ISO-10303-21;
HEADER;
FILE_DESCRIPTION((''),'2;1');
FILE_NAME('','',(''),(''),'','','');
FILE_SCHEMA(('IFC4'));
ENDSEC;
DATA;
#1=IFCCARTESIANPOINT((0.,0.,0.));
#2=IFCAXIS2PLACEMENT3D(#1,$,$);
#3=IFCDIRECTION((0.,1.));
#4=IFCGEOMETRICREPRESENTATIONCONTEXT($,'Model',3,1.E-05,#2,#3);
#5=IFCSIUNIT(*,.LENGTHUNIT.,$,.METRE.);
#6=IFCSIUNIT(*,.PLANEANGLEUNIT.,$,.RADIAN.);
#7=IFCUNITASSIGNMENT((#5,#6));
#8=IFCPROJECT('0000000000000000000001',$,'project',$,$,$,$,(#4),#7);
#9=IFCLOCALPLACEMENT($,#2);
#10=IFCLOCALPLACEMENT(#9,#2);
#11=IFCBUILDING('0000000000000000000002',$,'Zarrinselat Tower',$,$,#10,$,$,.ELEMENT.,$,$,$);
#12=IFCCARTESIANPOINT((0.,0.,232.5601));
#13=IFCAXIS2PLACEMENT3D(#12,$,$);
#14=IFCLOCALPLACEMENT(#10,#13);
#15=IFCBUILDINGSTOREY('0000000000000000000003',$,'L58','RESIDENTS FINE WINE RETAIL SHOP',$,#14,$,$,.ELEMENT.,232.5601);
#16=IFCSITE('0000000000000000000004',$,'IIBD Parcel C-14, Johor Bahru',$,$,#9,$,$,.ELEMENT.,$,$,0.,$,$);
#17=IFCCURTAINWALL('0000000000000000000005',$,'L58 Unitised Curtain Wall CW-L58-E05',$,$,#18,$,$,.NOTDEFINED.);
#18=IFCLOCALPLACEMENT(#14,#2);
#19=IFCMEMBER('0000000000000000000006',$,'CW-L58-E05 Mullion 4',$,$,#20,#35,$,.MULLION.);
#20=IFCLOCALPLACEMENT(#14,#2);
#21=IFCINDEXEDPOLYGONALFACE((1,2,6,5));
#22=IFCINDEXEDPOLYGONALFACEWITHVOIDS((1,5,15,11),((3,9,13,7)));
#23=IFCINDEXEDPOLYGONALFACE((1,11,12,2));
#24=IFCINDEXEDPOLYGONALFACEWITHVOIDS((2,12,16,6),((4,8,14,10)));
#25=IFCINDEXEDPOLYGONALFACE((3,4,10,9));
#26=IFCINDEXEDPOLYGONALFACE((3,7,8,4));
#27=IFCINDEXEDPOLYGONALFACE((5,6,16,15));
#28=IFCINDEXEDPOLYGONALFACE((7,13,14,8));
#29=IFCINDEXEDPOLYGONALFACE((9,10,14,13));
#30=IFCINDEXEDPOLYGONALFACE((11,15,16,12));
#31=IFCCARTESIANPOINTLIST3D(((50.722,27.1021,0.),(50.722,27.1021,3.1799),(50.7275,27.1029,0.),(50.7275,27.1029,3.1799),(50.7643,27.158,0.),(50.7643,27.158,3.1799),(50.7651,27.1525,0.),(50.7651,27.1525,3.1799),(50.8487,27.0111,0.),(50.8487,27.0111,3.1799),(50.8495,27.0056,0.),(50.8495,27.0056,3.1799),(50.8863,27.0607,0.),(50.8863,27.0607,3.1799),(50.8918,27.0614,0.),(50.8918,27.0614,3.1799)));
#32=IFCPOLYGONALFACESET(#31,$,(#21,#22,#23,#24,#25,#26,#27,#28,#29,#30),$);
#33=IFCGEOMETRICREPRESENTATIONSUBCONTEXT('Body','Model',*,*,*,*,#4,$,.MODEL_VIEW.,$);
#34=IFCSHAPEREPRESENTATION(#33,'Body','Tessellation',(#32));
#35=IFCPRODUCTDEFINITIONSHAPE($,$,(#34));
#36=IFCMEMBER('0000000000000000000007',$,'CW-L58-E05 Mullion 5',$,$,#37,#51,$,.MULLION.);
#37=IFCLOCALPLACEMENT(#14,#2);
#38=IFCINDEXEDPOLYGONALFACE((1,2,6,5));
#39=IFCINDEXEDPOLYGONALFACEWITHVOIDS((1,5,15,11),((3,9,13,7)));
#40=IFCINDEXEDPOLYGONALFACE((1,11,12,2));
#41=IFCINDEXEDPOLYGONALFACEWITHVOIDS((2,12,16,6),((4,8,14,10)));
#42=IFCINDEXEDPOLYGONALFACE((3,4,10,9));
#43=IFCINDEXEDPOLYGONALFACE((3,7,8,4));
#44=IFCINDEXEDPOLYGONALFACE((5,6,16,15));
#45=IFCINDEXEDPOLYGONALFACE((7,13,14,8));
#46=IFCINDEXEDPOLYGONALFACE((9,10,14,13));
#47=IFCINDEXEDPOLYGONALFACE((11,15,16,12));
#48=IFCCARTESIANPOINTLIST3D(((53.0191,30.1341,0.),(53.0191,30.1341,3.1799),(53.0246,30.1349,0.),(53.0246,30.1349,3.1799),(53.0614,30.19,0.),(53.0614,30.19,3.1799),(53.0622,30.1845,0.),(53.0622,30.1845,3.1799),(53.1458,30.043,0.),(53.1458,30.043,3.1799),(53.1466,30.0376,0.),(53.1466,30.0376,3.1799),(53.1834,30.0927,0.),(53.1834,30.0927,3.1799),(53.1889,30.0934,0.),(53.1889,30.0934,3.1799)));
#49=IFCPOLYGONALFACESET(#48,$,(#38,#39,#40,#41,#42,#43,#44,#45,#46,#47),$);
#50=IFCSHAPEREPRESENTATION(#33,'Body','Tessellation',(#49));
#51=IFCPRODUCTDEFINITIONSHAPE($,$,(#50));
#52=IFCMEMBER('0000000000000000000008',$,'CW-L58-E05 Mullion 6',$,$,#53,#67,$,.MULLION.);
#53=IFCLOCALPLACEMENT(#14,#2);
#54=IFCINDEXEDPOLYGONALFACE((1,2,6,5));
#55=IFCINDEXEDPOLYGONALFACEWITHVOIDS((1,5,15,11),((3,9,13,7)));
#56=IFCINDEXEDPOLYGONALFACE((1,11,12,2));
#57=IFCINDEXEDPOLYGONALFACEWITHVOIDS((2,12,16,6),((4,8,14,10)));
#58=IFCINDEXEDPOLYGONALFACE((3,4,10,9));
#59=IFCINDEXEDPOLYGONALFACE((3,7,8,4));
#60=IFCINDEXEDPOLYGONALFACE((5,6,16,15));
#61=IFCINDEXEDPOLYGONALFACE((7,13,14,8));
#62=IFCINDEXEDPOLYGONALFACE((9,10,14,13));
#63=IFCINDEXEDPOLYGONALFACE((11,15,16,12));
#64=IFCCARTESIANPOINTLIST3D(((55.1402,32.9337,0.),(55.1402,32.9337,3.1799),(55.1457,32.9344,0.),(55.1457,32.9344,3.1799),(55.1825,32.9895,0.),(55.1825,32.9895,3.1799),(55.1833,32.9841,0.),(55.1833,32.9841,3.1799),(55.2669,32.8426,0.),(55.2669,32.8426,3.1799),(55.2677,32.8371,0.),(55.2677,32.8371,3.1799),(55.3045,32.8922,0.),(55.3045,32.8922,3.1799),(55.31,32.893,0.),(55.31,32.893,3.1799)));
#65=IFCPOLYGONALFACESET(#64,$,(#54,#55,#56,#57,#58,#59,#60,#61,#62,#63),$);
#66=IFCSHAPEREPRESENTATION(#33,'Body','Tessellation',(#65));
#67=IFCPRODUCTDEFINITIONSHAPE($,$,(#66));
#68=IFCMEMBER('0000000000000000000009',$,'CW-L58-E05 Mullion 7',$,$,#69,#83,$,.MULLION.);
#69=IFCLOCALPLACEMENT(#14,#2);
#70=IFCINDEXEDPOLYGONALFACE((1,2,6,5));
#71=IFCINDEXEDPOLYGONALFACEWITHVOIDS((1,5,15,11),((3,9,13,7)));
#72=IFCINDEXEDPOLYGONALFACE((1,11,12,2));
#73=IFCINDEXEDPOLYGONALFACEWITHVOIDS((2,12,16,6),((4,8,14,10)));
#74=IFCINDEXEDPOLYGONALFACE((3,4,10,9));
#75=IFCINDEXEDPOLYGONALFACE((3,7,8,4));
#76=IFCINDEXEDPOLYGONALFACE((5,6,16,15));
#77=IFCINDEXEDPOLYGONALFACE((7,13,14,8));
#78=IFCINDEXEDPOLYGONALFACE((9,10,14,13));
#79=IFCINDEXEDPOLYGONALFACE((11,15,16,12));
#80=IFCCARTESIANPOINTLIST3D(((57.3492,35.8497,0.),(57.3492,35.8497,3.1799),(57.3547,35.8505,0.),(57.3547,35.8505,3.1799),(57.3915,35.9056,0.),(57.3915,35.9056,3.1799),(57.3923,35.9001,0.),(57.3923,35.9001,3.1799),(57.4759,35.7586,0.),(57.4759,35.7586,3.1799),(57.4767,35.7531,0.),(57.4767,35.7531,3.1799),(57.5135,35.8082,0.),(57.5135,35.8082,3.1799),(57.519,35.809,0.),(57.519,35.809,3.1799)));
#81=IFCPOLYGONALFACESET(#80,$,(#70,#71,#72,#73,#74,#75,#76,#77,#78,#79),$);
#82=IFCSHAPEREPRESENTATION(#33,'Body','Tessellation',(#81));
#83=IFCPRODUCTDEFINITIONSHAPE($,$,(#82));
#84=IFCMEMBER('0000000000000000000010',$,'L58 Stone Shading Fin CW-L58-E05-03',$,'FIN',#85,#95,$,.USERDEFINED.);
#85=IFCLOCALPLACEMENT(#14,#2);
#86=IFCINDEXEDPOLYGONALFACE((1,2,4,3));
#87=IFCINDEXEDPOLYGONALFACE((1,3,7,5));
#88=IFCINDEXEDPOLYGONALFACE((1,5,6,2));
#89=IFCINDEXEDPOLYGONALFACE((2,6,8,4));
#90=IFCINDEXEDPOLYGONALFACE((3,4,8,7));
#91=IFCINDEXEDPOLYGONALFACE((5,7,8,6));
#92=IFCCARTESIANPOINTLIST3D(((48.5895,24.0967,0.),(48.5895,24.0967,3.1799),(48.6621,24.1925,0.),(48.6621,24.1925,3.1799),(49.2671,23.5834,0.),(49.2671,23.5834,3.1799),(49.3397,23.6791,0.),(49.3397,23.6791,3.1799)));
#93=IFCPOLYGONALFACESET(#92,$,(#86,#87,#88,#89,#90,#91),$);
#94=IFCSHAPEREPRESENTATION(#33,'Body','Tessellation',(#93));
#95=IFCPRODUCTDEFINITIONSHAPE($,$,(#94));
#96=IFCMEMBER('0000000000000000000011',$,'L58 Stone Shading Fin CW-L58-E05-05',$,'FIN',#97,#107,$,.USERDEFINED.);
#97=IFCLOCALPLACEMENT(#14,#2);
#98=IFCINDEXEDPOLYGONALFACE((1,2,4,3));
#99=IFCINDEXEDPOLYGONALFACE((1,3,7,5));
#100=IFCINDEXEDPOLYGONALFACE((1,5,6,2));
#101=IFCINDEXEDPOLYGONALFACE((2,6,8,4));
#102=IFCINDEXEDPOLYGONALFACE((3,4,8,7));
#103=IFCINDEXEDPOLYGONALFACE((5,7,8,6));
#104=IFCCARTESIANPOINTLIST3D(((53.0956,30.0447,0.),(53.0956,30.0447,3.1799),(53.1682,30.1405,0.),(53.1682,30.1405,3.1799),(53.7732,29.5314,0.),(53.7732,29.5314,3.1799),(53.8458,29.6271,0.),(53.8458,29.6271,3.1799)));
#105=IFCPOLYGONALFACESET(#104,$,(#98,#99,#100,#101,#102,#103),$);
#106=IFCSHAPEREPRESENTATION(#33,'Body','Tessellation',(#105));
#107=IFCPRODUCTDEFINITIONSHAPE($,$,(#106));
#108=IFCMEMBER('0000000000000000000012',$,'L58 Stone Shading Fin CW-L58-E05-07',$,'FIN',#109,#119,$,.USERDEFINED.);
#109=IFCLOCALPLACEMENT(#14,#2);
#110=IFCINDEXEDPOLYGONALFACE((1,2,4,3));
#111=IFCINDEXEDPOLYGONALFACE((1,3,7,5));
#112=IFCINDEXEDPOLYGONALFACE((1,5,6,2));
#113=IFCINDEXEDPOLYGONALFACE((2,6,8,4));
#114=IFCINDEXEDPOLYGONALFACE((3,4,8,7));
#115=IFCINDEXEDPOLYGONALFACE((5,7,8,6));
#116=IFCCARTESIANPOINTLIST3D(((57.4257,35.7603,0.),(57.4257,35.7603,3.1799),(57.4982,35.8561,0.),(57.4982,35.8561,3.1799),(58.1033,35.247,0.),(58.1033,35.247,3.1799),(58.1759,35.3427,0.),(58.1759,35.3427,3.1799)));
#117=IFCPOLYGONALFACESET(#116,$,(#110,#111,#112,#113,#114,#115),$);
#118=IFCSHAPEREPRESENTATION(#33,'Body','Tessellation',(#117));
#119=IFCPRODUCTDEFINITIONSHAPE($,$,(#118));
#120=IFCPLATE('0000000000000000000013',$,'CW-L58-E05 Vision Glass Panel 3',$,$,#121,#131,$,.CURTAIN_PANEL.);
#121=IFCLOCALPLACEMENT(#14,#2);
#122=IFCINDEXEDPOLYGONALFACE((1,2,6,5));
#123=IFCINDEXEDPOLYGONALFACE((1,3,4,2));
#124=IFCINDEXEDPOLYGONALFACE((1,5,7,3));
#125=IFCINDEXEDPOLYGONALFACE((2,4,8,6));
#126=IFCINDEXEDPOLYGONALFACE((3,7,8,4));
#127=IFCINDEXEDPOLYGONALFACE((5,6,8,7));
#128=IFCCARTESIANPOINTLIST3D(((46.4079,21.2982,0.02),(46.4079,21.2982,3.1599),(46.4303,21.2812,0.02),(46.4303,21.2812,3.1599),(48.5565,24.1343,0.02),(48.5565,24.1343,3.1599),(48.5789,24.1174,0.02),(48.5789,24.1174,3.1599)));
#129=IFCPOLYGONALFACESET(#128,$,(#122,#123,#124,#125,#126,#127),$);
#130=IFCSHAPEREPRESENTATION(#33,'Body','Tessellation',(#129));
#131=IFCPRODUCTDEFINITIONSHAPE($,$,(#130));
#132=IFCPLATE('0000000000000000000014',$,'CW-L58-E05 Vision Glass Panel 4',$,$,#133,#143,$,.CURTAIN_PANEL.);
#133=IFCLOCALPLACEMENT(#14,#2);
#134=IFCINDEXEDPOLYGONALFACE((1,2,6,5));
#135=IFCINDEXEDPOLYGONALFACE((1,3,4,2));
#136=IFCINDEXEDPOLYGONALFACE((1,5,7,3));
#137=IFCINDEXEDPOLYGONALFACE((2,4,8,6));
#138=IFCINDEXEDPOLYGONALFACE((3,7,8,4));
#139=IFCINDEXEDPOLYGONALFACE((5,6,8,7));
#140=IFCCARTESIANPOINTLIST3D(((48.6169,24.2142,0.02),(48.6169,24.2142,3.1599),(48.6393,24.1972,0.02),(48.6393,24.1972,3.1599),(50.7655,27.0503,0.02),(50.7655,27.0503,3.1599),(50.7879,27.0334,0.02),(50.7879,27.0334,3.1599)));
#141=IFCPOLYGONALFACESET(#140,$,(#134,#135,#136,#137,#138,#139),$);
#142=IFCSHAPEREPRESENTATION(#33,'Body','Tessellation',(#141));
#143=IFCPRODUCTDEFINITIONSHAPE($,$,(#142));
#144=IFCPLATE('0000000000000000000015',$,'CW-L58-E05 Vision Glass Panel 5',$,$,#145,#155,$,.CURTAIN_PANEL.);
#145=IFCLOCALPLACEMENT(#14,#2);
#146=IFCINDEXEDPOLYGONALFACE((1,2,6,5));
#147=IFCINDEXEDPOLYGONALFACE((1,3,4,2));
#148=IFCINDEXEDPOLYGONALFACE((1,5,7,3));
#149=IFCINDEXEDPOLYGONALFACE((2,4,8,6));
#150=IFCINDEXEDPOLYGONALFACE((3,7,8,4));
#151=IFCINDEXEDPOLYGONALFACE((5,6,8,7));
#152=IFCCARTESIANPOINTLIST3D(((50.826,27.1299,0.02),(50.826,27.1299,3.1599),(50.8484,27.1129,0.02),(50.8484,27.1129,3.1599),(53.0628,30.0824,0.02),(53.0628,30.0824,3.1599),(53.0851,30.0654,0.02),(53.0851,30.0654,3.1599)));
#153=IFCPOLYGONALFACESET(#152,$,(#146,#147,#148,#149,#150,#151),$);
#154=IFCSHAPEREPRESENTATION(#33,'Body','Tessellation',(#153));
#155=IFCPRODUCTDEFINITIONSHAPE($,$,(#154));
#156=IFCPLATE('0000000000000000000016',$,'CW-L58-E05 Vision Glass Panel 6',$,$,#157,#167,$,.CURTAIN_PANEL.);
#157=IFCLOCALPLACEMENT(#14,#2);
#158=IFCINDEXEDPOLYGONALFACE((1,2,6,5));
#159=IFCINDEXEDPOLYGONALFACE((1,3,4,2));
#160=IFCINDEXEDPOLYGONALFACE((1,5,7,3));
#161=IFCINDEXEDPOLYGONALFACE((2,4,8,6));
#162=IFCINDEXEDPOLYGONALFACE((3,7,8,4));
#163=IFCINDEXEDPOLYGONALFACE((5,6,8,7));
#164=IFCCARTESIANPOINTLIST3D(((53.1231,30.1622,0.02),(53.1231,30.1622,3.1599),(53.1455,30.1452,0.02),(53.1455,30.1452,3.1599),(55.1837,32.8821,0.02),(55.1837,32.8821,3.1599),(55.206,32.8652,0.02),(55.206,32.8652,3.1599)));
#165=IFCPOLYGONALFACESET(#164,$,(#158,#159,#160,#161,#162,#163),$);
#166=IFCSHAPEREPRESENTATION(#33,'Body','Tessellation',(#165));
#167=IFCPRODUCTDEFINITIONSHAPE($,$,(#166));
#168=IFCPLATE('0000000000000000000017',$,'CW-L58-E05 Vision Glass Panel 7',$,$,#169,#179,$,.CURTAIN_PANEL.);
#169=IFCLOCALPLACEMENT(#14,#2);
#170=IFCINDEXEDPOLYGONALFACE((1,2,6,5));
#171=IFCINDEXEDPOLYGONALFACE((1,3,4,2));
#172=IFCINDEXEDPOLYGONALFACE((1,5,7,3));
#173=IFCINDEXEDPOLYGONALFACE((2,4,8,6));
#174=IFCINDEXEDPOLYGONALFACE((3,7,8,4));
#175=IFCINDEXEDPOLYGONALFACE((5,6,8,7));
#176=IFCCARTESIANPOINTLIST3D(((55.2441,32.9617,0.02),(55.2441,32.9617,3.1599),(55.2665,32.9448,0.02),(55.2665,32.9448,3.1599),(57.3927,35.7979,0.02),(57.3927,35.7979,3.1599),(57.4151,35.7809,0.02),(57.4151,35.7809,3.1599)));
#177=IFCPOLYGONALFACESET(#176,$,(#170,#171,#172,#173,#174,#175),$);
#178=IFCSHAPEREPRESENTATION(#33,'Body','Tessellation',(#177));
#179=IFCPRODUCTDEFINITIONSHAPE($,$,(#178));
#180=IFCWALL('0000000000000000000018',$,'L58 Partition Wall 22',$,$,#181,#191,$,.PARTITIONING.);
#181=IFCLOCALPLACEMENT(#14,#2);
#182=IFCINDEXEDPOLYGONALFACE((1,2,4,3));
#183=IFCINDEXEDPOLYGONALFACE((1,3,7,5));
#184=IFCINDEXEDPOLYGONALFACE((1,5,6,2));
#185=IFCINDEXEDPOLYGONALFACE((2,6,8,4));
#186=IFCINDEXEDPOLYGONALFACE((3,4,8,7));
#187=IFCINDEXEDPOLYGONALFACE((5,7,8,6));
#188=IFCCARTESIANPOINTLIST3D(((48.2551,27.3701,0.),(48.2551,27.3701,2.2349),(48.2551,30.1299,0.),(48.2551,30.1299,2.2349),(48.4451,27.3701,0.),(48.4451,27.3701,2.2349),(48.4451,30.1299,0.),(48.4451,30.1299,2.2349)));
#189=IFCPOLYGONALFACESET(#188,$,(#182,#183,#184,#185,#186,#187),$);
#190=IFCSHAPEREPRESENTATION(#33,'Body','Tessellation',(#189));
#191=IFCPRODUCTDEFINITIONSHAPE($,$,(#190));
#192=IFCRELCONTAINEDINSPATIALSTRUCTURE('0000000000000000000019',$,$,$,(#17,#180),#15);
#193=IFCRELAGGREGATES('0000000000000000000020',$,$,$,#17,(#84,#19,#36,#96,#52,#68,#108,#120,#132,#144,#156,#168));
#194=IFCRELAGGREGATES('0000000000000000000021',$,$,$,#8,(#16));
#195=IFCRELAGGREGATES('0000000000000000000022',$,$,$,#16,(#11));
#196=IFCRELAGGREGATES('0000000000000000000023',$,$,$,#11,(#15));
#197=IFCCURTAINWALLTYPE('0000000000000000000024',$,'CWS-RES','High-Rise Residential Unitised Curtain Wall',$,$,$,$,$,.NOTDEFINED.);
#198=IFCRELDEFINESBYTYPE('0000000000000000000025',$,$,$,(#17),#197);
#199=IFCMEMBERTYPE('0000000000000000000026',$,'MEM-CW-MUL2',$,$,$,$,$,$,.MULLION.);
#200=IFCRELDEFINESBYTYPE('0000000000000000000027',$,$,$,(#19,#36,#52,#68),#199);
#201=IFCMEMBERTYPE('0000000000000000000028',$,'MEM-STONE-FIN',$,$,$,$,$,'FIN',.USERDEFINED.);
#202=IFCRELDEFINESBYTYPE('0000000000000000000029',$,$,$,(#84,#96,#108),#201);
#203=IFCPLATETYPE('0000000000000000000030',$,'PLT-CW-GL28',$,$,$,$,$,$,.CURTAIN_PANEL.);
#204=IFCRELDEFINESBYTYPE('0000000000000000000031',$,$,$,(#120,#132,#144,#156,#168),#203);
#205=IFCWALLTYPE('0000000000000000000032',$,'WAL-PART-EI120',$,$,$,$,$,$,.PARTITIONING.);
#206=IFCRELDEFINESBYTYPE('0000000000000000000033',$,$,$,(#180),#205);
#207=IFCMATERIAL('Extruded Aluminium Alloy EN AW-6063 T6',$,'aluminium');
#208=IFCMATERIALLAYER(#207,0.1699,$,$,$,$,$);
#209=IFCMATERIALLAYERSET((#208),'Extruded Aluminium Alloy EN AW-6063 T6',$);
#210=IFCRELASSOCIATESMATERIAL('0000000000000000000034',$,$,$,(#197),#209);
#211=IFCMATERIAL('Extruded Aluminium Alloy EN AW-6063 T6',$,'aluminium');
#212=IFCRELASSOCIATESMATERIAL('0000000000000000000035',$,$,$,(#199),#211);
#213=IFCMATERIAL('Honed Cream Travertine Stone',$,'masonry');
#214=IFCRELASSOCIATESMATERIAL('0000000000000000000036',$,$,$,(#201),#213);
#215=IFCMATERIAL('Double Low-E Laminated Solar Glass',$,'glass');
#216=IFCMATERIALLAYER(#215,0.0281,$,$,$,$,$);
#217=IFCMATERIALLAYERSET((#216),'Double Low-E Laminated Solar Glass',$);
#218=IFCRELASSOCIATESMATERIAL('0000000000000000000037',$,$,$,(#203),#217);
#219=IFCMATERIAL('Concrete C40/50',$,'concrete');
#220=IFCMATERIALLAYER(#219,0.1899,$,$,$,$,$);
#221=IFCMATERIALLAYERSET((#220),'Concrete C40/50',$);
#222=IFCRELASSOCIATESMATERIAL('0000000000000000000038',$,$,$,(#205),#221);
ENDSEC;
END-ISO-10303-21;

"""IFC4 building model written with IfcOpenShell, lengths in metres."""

from ifc_helpers import new_model, si_unit, direction, frame, frame_2d, origin, origin_2d, place, context, subcontext, project, spatial, rectangle, hollow_rectangle, extrude, material, layer, layer_set, material_profile, profile_set, type_object, element, aggregate, save


model = new_model("IFC4")

# Units and contexts
model_context = context("Model", 3, precision=1e-05, world=origin(), true_north=direction((0.0, 1.0)))
body_context = subcontext(model_context, "Body", "Model", "MODEL_VIEW")
ifc_project = project(units=[si_unit("LENGTHUNIT", "METRE"), si_unit("PLANEANGLEUNIT", "RADIAN")], contexts=[model_context])

# Site, building, storey
site_placement = place(None, origin())
site = spatial("IfcSite", under=ifc_project, at=site_placement, Name="IIBD Parcel C-14, Johor Bahru", CompositionType="ELEMENT", RefElevation=0.0)
building_placement = place(site_placement, origin())
building = spatial("IfcBuilding", under=site, at=building_placement, Name="Zarrinselat Tower", CompositionType="ELEMENT")
storey_placement = place(building_placement, frame((0.0, 0.0, 232.5601)))
storey = spatial("IfcBuildingStorey", under=building, at=storey_placement, Name="L58", Description="RESIDENTS FINE WINE RETAIL SHOP", CompositionType="ELEMENT", Elevation=232.5601)

# Curtain wall, members, plates
ifc_material_1 = material(Name="Extruded Aluminium Alloy EN AW-6063 T6", Category="aluminium")
ifc_layer_1 = layer(ifc_material_1, 0.1699)
ifc_layer_set_1 = layer_set([ifc_layer_1], Name="Extruded Aluminium Alloy EN AW-6063 T6")
curtain_wall_type = type_object("IfcCurtainWallType", Name="CWS-RES", Description="High-Rise Residential Unitised Curtain Wall", PredefinedType="NOTDEFINED", material=ifc_layer_set_1)
curtain_wall_placement = place(storey_placement, origin())
curtain_wall = element("IfcCurtainWall", 1, at=curtain_wall_placement, inside=storey, type_object=curtain_wall_type, Name="L58 Unitised Curtain Wall CW-L58-E05", PredefinedType="NOTDEFINED")
ifc_material_2 = material(Name="Extruded Aluminium Alloy EN AW-6063 T6", Category="aluminium")
ifc_material_profile_1 = material_profile(ifc_material_2, hollow_rectangle(XDim=0.0701, YDim=0.1599, WallThickness=0.0039, at=origin_2d()), Name="RHS 160x70x4")
ifc_profile_set_1 = profile_set([ifc_material_profile_1], Name="Extruded Aluminium Alloy EN AW-6063 T6")
member_type_1 = type_object("IfcMemberType", Name="MEM-CW-MUL2", PredefinedType="MULLION", material=ifc_profile_set_1)
member_1_placement = place(storey_placement, frame((50.8069, 27.0818, 0.0), z_axis=(0.0, 0.0, 1.0), x_axis=(0.603859, 0.797091, 0.0)))
member_1 = element("IfcMember", 2, at=member_1_placement, type_object=member_type_1, Name="CW-L58-E05 Mullion 4", PredefinedType="MULLION", context=body_context, shape_type="SweptSolid", body=[
    extrude(hollow_rectangle(XDim=0.0701, YDim=0.1599, WallThickness=0.0039, at=origin_2d()), origin(), (0.0, 0.0, 1.0), 3.1799),
])
member_2_placement = place(storey_placement, frame((53.104, 30.1138, 0.0), z_axis=(0.0, 0.0, 1.0), x_axis=(0.603859, 0.797091, 0.0)))
member_2 = element("IfcMember", 3, at=member_2_placement, type_object=member_type_1, Name="CW-L58-E05 Mullion 5", PredefinedType="MULLION", context=body_context, shape_type="SweptSolid", body=[
    extrude(hollow_rectangle(XDim=0.0701, YDim=0.1599, WallThickness=0.0039, at=origin_2d()), origin(), (0.0, 0.0, 1.0), 3.1799),
])
member_3_placement = place(storey_placement, frame((55.2251, 32.9133, 0.0), z_axis=(0.0, 0.0, 1.0), x_axis=(0.603859, 0.797091, 0.0)))
member_3 = element("IfcMember", 4, at=member_3_placement, type_object=member_type_1, Name="CW-L58-E05 Mullion 6", PredefinedType="MULLION", context=body_context, shape_type="SweptSolid", body=[
    extrude(hollow_rectangle(XDim=0.0701, YDim=0.1599, WallThickness=0.0039, at=origin_2d()), origin(), (0.0, 0.0, 1.0), 3.1799),
])
member_4_placement = place(storey_placement, frame((57.4341, 35.8293, 0.0), z_axis=(0.0, 0.0, 1.0), x_axis=(0.603859, 0.797091, 0.0)))
member_4 = element("IfcMember", 5, at=member_4_placement, type_object=member_type_1, Name="CW-L58-E05 Mullion 7", PredefinedType="MULLION", context=body_context, shape_type="SweptSolid", body=[
    extrude(hollow_rectangle(XDim=0.0701, YDim=0.1599, WallThickness=0.0039, at=origin_2d()), origin(), (0.0, 0.0, 1.0), 3.1799),
])
ifc_material_3 = material(Name="Honed Cream Travertine Stone", Category="masonry")
ifc_material_profile_2 = material_profile(ifc_material_3, rectangle(XDim=0.1201, YDim=0.8501, at=origin_2d()), Name="FIN 850x120")
ifc_profile_set_2 = profile_set([ifc_material_profile_2], Name="Honed Cream Travertine Stone")
member_type_2 = type_object("IfcMemberType", Name="MEM-STONE-FIN", ElementType="FIN", PredefinedType="USERDEFINED", material=ifc_profile_set_2)
member_5_placement = place(storey_placement, frame((48.9646, 23.8879, 0.0), z_axis=(0.0, 0.0, 1.0), x_axis=(-0.603859, -0.797091, 0.0)))
member_5 = element("IfcMember", 6, at=member_5_placement, type_object=member_type_2, Name="L58 Stone Shading Fin CW-L58-E05-03", ObjectType="FIN", PredefinedType="USERDEFINED", context=body_context, shape_type="SweptSolid", body=[
    extrude(rectangle(XDim=0.1201, YDim=0.8501, at=origin_2d()), origin(), (0.0, 0.0, 1.0), 3.1799),
])
member_6_placement = place(storey_placement, frame((53.4707, 29.8359, 0.0), z_axis=(0.0, 0.0, 1.0), x_axis=(-0.603859, -0.797091, 0.0)))
member_6 = element("IfcMember", 7, at=member_6_placement, type_object=member_type_2, Name="L58 Stone Shading Fin CW-L58-E05-05", ObjectType="FIN", PredefinedType="USERDEFINED", context=body_context, shape_type="SweptSolid", body=[
    extrude(rectangle(XDim=0.1201, YDim=0.8501, at=origin_2d()), origin(), (0.0, 0.0, 1.0), 3.1799),
])
member_7_placement = place(storey_placement, frame((57.8008, 35.5515, 0.0), z_axis=(0.0, 0.0, 1.0), x_axis=(-0.603859, -0.797091, 0.0)))
member_7 = element("IfcMember", 8, at=member_7_placement, type_object=member_type_2, Name="L58 Stone Shading Fin CW-L58-E05-07", ObjectType="FIN", PredefinedType="USERDEFINED", context=body_context, shape_type="SweptSolid", body=[
    extrude(rectangle(XDim=0.1201, YDim=0.8501, at=origin_2d()), origin(), (0.0, 0.0, 1.0), 3.1799),
])
ifc_material_4 = material(Name="Double Low-E Laminated Solar Glass", Category="glass")
ifc_layer_2 = layer(ifc_material_4, 0.0281)
ifc_layer_set_2 = layer_set([ifc_layer_2], Name="Double Low-E Laminated Solar Glass")
plate_type = type_object("IfcPlateType", Name="PLT-CW-GL28", PredefinedType="CURTAIN_PANEL", material=ifc_layer_set_2)
plate_1_placement = place(storey_placement, frame((47.4934, 22.7078, 0.02), z_axis=(0.0, 0.0, 1.0), x_axis=(0.603859, 0.797091, 0.0)))
plate_1 = element("IfcPlate", 9, at=plate_1_placement, type_object=plate_type, Name="CW-L58-E05 Vision Glass Panel 3", PredefinedType="CURTAIN_PANEL", context=body_context, shape_type="SweptSolid", body=[
    extrude(rectangle(XDim=3.5581, YDim=0.0281, at=origin_2d()), origin(), (0.0, 0.0, 1.0), 3.1399),
])
plate_2_placement = place(storey_placement, frame((49.7024, 25.6238, 0.02), z_axis=(0.0, 0.0, 1.0), x_axis=(0.603859, 0.797091, 0.0)))
plate_2 = element("IfcPlate", 10, at=plate_2_placement, type_object=plate_type, Name="CW-L58-E05 Vision Glass Panel 4", PredefinedType="CURTAIN_PANEL", context=body_context, shape_type="SweptSolid", body=[
    extrude(rectangle(XDim=3.5581, YDim=0.0281, at=origin_2d()), origin(), (0.0, 0.0, 1.0), 3.1399),
])
plate_3_placement = place(storey_placement, frame((51.9556, 28.5977, 0.02), z_axis=(0.0, 0.0, 1.0), x_axis=(0.603859, 0.797091, 0.0)))
plate_3 = element("IfcPlate", 11, at=plate_3_placement, type_object=plate_type, Name="CW-L58-E05 Vision Glass Panel 5", PredefinedType="CURTAIN_PANEL", context=body_context, shape_type="SweptSolid", body=[
    extrude(rectangle(XDim=3.7041, YDim=0.0281, at=origin_2d()), origin(), (0.0, 0.0, 1.0), 3.1399),
])
plate_4_placement = place(storey_placement, frame((54.1646, 31.5137, 0.02), z_axis=(0.0, 0.0, 1.0), x_axis=(0.603859, 0.797091, 0.0)))
plate_4 = element("IfcPlate", 12, at=plate_4_placement, type_object=plate_type, Name="CW-L58-E05 Vision Glass Panel 6", PredefinedType="CURTAIN_PANEL", context=body_context, shape_type="SweptSolid", body=[
    extrude(rectangle(XDim=3.4124, YDim=0.0281, at=origin_2d()), origin(), (0.0, 0.0, 1.0), 3.1399),
])
plate_5_placement = place(storey_placement, frame((56.3296, 34.3713, 0.02), z_axis=(0.0, 0.0, 1.0), x_axis=(0.603859, 0.797091, 0.0)))
plate_5 = element("IfcPlate", 13, at=plate_5_placement, type_object=plate_type, Name="CW-L58-E05 Vision Glass Panel 7", PredefinedType="CURTAIN_PANEL", context=body_context, shape_type="SweptSolid", body=[
    extrude(rectangle(XDim=3.5581, YDim=0.0281, at=origin_2d()), origin(), (0.0, 0.0, 1.0), 3.1399),
])
aggregate(curtain_wall, [member_5, member_1, member_2, member_6, member_3, member_4, member_7, plate_1, plate_2, plate_3, plate_4, plate_5])

# Wall
ifc_material_5 = material(Name="Concrete C40/50", Category="concrete")
ifc_layer_3 = layer(ifc_material_5, 0.1899)
ifc_layer_set_3 = layer_set([ifc_layer_3], Name="Concrete C40/50")
wall_type_1 = type_object("IfcWallType", Name="WAL-PART-EI120", PredefinedType="PARTITIONING", material=ifc_layer_set_3)
wall_1_placement = place(storey_placement, frame((48.3501, 27.3701, 0.0), z_axis=(0.0, 0.0, 1.0), x_axis=(0.0, 1.0, 0.0)))
element("IfcWall", 14, at=wall_1_placement, inside=storey, type_object=wall_type_1, Name="L58 Partition Wall 22", PredefinedType="PARTITIONING", context=body_context, shape_type="SweptSolid", body=[
    extrude(rectangle(XDim=2.7598, YDim=0.1899, at=frame_2d((1.3799, 0.0))), origin(), (0.0, 0.0, 1.0), 2.2349),
])

save(model, "model.ifc")
